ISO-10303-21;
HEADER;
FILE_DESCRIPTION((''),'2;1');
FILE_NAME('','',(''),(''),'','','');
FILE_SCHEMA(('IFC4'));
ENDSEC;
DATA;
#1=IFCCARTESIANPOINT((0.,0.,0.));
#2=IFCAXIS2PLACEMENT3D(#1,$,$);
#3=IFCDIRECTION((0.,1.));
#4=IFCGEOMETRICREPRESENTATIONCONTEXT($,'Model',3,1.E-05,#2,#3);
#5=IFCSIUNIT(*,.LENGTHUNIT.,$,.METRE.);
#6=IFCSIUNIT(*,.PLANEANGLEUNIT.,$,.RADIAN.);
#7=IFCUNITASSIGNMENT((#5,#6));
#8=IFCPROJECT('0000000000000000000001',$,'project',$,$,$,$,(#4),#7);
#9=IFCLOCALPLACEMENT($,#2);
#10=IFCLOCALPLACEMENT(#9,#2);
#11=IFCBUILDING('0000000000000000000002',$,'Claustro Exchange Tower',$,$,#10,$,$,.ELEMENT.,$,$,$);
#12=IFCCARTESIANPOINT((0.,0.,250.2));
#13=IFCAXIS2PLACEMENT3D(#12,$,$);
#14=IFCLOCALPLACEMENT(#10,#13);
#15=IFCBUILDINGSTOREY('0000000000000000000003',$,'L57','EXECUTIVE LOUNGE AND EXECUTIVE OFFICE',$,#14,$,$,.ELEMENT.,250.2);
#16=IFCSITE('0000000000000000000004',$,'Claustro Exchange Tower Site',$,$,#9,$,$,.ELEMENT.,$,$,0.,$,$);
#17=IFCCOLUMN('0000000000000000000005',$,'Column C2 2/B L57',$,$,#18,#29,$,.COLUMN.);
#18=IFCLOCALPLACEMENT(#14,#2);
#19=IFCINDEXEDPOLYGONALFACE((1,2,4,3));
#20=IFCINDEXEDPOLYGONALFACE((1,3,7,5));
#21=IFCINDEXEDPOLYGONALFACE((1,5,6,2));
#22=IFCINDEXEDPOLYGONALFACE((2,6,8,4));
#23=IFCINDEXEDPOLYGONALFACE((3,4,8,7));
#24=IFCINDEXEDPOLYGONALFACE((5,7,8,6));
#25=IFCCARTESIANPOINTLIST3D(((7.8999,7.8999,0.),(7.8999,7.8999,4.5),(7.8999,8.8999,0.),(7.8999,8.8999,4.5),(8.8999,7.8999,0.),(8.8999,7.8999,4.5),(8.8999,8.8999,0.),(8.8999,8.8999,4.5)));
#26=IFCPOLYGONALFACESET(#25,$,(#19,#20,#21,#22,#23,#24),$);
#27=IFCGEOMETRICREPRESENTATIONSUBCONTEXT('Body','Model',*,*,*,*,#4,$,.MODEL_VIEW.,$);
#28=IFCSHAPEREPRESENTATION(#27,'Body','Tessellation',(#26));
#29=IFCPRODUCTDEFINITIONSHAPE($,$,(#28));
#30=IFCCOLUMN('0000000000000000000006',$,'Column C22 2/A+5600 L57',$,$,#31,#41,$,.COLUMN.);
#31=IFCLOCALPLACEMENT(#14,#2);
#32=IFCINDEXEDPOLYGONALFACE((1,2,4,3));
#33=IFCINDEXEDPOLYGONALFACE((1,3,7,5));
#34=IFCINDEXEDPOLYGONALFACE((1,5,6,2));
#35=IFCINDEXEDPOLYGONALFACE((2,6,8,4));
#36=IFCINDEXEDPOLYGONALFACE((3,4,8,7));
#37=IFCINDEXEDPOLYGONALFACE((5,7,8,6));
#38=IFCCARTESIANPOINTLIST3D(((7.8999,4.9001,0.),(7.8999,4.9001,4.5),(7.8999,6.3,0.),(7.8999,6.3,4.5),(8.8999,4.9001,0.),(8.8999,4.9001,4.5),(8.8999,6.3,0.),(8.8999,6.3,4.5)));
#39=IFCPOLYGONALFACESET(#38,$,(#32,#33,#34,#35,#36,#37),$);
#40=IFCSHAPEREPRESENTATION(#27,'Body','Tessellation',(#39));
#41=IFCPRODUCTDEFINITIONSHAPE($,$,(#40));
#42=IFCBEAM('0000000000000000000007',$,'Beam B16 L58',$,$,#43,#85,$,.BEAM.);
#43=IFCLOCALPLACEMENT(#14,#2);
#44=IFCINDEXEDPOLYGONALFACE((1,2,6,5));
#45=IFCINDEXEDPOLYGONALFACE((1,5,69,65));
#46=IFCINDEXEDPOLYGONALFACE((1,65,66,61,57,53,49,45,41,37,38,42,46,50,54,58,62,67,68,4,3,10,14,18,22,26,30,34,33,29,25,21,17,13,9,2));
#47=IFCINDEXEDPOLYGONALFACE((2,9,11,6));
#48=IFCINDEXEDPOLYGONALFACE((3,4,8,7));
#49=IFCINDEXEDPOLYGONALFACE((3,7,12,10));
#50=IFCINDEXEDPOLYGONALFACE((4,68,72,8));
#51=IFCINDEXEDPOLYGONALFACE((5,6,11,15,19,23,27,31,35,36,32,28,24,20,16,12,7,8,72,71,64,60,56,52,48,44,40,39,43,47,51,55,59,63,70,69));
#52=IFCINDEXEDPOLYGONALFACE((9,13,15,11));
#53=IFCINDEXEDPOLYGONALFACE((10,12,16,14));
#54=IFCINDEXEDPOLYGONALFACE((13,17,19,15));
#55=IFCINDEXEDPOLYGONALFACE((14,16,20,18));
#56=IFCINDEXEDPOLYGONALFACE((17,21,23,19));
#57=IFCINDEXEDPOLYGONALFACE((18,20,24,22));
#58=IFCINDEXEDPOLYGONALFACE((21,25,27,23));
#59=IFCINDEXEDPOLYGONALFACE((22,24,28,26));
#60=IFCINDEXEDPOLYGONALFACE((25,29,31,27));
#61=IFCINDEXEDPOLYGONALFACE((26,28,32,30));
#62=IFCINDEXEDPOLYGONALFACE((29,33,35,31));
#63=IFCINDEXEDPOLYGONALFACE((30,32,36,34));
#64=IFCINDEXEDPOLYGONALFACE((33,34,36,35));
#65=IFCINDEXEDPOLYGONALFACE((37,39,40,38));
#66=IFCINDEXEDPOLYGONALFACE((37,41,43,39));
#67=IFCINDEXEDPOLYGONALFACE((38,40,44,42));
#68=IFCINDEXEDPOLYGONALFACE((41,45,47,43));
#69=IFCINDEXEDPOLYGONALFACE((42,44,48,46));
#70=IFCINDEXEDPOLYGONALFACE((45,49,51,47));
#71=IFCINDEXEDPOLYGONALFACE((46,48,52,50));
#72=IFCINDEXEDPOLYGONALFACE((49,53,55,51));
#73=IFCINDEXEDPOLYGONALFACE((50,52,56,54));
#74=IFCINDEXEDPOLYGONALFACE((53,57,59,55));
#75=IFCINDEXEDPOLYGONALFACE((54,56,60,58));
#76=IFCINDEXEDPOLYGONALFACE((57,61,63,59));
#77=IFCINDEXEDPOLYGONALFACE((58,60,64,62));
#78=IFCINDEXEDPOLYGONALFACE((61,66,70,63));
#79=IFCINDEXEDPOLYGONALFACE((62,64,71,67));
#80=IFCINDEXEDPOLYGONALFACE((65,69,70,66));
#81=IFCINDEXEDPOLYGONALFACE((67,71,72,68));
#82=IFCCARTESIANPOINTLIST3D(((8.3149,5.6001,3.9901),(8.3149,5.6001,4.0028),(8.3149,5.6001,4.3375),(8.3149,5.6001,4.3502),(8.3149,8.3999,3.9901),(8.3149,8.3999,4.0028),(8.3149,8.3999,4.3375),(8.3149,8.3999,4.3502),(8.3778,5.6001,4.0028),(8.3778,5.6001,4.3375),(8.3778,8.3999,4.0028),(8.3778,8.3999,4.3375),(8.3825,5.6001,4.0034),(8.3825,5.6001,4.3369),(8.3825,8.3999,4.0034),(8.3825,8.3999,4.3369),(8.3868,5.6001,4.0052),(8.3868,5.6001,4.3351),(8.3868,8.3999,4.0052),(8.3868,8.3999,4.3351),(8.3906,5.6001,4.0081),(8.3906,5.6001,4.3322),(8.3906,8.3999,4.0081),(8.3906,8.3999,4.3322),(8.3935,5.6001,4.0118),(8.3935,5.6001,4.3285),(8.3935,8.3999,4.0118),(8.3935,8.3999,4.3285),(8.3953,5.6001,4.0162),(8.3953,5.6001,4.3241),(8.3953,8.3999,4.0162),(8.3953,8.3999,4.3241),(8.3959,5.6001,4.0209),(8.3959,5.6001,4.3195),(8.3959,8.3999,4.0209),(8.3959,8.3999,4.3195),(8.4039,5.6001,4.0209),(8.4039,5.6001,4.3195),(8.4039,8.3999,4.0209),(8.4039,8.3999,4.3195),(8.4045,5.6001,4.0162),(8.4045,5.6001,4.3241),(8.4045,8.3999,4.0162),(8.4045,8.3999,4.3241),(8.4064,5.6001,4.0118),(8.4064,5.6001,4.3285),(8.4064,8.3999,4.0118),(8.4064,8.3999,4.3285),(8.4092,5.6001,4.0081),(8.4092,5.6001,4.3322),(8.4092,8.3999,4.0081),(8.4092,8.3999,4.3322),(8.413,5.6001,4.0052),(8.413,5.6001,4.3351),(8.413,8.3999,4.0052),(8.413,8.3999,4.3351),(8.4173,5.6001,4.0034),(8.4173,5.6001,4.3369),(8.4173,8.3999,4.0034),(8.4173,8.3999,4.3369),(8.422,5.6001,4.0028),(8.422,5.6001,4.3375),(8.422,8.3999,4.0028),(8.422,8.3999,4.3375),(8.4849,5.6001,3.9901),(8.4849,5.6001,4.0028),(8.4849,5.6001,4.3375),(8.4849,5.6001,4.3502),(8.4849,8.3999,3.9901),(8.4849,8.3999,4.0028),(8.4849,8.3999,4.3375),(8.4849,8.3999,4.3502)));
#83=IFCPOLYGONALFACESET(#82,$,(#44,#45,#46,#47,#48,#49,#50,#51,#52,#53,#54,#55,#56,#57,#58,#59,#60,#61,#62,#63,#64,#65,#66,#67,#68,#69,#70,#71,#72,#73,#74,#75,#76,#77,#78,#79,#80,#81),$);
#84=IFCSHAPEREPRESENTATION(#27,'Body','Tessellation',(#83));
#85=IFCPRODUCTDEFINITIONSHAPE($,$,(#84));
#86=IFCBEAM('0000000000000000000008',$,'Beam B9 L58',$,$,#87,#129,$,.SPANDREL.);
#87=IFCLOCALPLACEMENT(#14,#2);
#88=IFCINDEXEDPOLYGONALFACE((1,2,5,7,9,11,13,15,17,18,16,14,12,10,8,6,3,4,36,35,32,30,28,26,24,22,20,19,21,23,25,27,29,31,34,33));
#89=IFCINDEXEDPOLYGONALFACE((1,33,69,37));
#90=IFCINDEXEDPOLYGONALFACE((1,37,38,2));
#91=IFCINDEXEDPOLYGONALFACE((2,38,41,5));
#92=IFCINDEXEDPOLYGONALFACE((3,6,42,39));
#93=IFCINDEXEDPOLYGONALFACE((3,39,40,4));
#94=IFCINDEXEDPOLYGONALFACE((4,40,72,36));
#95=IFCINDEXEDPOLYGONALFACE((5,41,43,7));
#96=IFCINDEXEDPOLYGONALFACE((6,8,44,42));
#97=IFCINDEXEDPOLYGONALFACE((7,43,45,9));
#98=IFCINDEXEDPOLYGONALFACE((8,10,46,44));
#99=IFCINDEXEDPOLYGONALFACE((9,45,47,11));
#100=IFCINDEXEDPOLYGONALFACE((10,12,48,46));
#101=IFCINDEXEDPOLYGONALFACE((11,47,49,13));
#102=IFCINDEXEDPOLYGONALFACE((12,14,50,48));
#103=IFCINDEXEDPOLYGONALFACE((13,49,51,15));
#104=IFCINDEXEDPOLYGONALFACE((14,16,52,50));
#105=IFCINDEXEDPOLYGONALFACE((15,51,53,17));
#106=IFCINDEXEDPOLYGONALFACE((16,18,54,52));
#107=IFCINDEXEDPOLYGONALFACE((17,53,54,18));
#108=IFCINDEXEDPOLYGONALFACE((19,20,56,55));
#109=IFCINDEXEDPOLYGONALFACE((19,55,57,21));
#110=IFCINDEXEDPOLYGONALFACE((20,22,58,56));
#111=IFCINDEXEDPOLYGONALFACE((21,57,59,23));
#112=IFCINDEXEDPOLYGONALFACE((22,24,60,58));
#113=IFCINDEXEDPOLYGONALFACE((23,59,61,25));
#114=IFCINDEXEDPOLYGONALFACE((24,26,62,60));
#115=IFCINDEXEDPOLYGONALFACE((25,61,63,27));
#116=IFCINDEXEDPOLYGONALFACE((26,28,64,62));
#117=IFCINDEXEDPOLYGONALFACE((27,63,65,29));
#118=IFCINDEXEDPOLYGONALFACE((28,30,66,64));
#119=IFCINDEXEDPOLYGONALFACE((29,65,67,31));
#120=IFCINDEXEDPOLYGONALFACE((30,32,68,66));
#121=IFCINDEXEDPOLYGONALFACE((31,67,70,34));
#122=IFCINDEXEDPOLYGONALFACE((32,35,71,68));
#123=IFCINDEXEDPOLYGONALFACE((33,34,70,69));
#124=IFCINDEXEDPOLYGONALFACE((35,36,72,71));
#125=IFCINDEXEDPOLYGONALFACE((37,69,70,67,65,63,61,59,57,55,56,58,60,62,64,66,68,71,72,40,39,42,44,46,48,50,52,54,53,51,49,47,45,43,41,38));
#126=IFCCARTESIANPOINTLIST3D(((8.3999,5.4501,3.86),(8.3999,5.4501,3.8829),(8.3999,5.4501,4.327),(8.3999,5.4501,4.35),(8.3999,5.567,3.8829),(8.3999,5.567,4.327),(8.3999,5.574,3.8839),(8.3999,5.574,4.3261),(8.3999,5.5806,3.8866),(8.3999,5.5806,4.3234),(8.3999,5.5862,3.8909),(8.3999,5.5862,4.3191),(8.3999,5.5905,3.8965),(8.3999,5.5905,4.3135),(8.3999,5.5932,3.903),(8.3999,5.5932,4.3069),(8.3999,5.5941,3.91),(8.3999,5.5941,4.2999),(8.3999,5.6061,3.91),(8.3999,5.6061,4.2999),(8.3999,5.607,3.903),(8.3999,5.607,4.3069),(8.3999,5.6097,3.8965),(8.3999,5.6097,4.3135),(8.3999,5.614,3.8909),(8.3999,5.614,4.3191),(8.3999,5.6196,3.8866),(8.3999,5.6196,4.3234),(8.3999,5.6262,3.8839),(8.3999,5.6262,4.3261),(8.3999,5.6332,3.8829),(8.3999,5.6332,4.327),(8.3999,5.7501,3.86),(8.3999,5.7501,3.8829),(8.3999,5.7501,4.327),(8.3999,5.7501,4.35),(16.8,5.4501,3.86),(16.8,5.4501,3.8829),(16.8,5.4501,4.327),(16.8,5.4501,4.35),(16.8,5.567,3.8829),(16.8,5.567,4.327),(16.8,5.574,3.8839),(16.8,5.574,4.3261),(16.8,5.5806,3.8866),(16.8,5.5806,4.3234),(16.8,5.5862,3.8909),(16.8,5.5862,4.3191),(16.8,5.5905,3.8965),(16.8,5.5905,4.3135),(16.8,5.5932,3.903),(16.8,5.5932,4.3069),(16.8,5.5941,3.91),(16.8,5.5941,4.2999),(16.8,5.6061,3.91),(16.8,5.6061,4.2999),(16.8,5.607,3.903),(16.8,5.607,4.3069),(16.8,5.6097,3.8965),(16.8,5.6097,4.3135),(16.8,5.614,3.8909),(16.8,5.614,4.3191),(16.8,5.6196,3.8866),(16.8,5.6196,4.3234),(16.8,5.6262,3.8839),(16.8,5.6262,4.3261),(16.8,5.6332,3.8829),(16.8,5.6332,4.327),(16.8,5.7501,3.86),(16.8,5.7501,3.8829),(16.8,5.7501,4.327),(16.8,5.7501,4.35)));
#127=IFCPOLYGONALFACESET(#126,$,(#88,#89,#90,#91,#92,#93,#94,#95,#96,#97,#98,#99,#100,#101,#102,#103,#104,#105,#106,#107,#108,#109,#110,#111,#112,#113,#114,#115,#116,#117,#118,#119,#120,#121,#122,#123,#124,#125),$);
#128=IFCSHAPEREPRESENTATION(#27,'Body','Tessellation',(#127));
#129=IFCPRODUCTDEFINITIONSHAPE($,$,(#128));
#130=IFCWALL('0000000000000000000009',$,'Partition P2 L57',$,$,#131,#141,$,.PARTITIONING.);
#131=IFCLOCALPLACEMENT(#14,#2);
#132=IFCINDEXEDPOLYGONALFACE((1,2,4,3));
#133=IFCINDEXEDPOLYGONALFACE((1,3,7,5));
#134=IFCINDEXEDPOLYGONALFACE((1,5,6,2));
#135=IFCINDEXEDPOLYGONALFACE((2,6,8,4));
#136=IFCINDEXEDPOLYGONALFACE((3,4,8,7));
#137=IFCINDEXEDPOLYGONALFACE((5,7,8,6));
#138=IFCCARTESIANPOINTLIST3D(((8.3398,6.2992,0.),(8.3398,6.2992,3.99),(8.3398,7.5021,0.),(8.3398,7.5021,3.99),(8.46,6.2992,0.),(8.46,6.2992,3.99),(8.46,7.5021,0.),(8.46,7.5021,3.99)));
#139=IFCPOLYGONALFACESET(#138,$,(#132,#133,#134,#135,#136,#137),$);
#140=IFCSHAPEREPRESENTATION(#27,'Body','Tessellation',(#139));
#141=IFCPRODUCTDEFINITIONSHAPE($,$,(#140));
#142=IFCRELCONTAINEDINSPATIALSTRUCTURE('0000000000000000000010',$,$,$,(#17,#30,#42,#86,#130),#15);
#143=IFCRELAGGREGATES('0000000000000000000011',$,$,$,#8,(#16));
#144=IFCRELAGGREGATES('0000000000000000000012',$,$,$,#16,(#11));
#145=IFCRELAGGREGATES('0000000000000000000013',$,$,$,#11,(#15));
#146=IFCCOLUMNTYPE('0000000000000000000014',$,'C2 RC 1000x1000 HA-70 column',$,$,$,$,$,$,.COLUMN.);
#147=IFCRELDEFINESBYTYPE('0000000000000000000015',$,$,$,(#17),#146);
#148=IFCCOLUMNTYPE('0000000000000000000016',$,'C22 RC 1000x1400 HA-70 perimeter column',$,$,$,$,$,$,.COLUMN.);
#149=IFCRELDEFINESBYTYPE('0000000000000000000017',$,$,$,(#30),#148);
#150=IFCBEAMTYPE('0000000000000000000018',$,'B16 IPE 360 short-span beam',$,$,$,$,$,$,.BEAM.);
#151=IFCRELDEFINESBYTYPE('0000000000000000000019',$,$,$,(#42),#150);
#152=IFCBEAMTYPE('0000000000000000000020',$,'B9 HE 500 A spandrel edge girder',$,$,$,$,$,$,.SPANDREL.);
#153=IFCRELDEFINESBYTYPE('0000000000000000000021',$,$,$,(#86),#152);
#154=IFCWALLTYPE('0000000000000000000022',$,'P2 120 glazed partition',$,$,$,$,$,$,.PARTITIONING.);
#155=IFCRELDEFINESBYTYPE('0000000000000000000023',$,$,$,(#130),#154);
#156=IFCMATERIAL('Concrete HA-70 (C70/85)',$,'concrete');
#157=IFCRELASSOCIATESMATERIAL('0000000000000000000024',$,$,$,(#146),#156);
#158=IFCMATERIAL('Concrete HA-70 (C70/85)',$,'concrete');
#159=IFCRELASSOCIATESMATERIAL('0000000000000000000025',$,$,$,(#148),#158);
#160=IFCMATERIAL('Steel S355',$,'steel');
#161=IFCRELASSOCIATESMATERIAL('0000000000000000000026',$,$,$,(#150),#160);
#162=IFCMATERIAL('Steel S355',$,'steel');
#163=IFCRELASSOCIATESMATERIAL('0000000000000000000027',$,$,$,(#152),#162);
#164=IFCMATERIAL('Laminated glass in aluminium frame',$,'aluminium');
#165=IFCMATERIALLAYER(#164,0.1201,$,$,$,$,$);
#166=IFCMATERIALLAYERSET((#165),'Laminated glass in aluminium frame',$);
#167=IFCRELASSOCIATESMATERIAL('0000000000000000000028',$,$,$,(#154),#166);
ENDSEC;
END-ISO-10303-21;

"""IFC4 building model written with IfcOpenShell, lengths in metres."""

from ifc_helpers import new_model, si_unit, direction, frame, frame_2d, origin, origin_2d, place, context, subcontext, project, spatial, rectangle, i_section, extrude, material, layer, layer_set, material_profile, profile_set, type_object, element, save


model = new_model("IFC4")

# Units and contexts
model_context = context("Model", 3, precision=1e-05, world=origin(), true_north=direction((0.0, 1.0)))
body_context = subcontext(model_context, "Body", "Model", "MODEL_VIEW")
ifc_project = project(units=[si_unit("LENGTHUNIT", "METRE"), si_unit("PLANEANGLEUNIT", "RADIAN")], contexts=[model_context])

# Site, building, storey
site_placement = place(None, origin())
site = spatial("IfcSite", under=ifc_project, at=site_placement, Name="Claustro Exchange Tower Site", CompositionType="ELEMENT", RefElevation=0.0)
building_placement = place(site_placement, origin())
building = spatial("IfcBuilding", under=site, at=building_placement, Name="Claustro Exchange Tower", CompositionType="ELEMENT")
storey_placement = place(building_placement, frame((0.0, 0.0, 250.2)))
storey = spatial("IfcBuildingStorey", under=building, at=storey_placement, Name="L57", Description="EXECUTIVE LOUNGE AND EXECUTIVE OFFICE", CompositionType="ELEMENT", Elevation=250.2)

# Columns
ifc_material_1 = material(Name="Concrete HA-70 (C70/85)", Category="concrete")
ifc_material_profile_1 = material_profile(ifc_material_1, rectangle(XDim=1.0, YDim=1.0, at=origin_2d()), Name="RC 1000x1000")
ifc_profile_set_1 = profile_set([ifc_material_profile_1], Name="Concrete HA-70 (C70/85)")
column_type_1 = type_object("IfcColumnType", Name="C2 RC 1000x1000 HA-70 column", PredefinedType="COLUMN", material=ifc_profile_set_1)
column_1_placement = place(storey_placement, frame((8.3999, 8.3999, 0.0), z_axis=(0.0, 0.0, 1.0), x_axis=(1.0, 0.0, 0.0)))
element("IfcColumn", 1, at=column_1_placement, inside=storey, type_object=column_type_1, Name="Column C2 2/B L57", PredefinedType="COLUMN", context=body_context, shape_type="SweptSolid", body=[
    extrude(rectangle(XDim=1.0, YDim=1.0, at=origin_2d()), origin(), (0.0, 0.0, 1.0), 4.5),
])
ifc_material_2 = material(Name="Concrete HA-70 (C70/85)", Category="concrete")
ifc_material_profile_2 = material_profile(ifc_material_2, rectangle(XDim=1.0, YDim=1.3999, at=origin_2d()), Name="RC 1000x1400")
ifc_profile_set_2 = profile_set([ifc_material_profile_2], Name="Concrete HA-70 (C70/85)")
column_type_2 = type_object("IfcColumnType", Name="C22 RC 1000x1400 HA-70 perimeter column", PredefinedType="COLUMN", material=ifc_profile_set_2)
column_2_placement = place(storey_placement, frame((8.3999, 5.6001, 0.0), z_axis=(0.0, 0.0, 1.0), x_axis=(1.0, 0.0, 0.0)))
element("IfcColumn", 2, at=column_2_placement, inside=storey, type_object=column_type_2, Name="Column C22 2/A+5600 L57", PredefinedType="COLUMN", context=body_context, shape_type="SweptSolid", body=[
    extrude(rectangle(XDim=1.0, YDim=1.3999, at=origin_2d()), origin(), (0.0, 0.0, 1.0), 4.5),
])

# Beams
ifc_material_3 = material(Name="Steel S355", Category="steel")
ifc_material_profile_3 = material_profile(ifc_material_3, i_section(OverallWidth=0.1699, OverallDepth=0.3601, WebThickness=0.0081, FlangeThickness=0.0127, FilletRadius=0.0181, at=origin_2d()), Name="IPE 360")
ifc_profile_set_3 = profile_set([ifc_material_profile_3], Name="Steel S355")
beam_type_1 = type_object("IfcBeamType", Name="B16 IPE 360 short-span beam", PredefinedType="BEAM", material=ifc_profile_set_3)
beam_1_placement = place(storey_placement, frame((8.3999, 5.6001, 4.1702), z_axis=(0.0, 1.0, 0.0), x_axis=(-1.0, 0.0, 0.0)))
element("IfcBeam", 3, at=beam_1_placement, inside=storey, type_object=beam_type_1, Name="Beam B16 L58", PredefinedType="BEAM", context=body_context, shape_type="SweptSolid", body=[
    extrude(i_section(OverallWidth=0.1699, OverallDepth=0.3601, WebThickness=0.0081, FlangeThickness=0.0127, FilletRadius=0.0181, at=origin_2d()), origin(), (0.0, 0.0, 1.0), 2.7998),
])
ifc_material_4 = material(Name="Steel S355", Category="steel")
ifc_material_profile_4 = material_profile(ifc_material_4, i_section(OverallWidth=0.3, OverallDepth=0.49, WebThickness=0.012, FlangeThickness=0.0229, FilletRadius=0.0271, at=origin_2d()), Name="HE 500 A")
ifc_profile_set_4 = profile_set([ifc_material_profile_4], Name="Steel S355")
beam_type_2 = type_object("IfcBeamType", Name="B9 HE 500 A spandrel edge girder", PredefinedType="SPANDREL", material=ifc_profile_set_4)
beam_2_placement = place(storey_placement, frame((8.3999, 5.6001, 4.105), z_axis=(1.0, 0.0, 0.0), x_axis=(0.0, 1.0, 0.0)))
element("IfcBeam", 4, at=beam_2_placement, inside=storey, type_object=beam_type_2, Name="Beam B9 L58", PredefinedType="SPANDREL", context=body_context, shape_type="SweptSolid", body=[
    extrude(i_section(OverallWidth=0.3, OverallDepth=0.49, WebThickness=0.012, FlangeThickness=0.0229, FilletRadius=0.0271, at=origin_2d()), origin(), (0.0, 0.0, 1.0), 8.4001),
])

# Wall
ifc_material_5 = material(Name="Laminated glass in aluminium frame", Category="aluminium")
ifc_layer_1 = layer(ifc_material_5, 0.1201)
ifc_layer_set_1 = layer_set([ifc_layer_1], Name="Laminated glass in aluminium frame")
wall_type_1 = type_object("IfcWallType", Name="P2 120 glazed partition", PredefinedType="PARTITIONING", material=ifc_layer_set_1)
wall_1_placement = place(storey_placement, frame((8.3999, 6.2991, 0.0), z_axis=(0.0, 0.0, 1.0), x_axis=(0.0, 1.0, 0.0)))
element("IfcWall", 5, at=wall_1_placement, inside=storey, type_object=wall_type_1, Name="Partition P2 L57", PredefinedType="PARTITIONING", context=body_context, shape_type="SweptSolid", body=[
    extrude(rectangle(XDim=1.2029, YDim=0.1201, at=frame_2d((0.6016, 0.0))), origin(), (0.0, 0.0, 1.0), 3.99),
])

save(model, "model.ifc")
